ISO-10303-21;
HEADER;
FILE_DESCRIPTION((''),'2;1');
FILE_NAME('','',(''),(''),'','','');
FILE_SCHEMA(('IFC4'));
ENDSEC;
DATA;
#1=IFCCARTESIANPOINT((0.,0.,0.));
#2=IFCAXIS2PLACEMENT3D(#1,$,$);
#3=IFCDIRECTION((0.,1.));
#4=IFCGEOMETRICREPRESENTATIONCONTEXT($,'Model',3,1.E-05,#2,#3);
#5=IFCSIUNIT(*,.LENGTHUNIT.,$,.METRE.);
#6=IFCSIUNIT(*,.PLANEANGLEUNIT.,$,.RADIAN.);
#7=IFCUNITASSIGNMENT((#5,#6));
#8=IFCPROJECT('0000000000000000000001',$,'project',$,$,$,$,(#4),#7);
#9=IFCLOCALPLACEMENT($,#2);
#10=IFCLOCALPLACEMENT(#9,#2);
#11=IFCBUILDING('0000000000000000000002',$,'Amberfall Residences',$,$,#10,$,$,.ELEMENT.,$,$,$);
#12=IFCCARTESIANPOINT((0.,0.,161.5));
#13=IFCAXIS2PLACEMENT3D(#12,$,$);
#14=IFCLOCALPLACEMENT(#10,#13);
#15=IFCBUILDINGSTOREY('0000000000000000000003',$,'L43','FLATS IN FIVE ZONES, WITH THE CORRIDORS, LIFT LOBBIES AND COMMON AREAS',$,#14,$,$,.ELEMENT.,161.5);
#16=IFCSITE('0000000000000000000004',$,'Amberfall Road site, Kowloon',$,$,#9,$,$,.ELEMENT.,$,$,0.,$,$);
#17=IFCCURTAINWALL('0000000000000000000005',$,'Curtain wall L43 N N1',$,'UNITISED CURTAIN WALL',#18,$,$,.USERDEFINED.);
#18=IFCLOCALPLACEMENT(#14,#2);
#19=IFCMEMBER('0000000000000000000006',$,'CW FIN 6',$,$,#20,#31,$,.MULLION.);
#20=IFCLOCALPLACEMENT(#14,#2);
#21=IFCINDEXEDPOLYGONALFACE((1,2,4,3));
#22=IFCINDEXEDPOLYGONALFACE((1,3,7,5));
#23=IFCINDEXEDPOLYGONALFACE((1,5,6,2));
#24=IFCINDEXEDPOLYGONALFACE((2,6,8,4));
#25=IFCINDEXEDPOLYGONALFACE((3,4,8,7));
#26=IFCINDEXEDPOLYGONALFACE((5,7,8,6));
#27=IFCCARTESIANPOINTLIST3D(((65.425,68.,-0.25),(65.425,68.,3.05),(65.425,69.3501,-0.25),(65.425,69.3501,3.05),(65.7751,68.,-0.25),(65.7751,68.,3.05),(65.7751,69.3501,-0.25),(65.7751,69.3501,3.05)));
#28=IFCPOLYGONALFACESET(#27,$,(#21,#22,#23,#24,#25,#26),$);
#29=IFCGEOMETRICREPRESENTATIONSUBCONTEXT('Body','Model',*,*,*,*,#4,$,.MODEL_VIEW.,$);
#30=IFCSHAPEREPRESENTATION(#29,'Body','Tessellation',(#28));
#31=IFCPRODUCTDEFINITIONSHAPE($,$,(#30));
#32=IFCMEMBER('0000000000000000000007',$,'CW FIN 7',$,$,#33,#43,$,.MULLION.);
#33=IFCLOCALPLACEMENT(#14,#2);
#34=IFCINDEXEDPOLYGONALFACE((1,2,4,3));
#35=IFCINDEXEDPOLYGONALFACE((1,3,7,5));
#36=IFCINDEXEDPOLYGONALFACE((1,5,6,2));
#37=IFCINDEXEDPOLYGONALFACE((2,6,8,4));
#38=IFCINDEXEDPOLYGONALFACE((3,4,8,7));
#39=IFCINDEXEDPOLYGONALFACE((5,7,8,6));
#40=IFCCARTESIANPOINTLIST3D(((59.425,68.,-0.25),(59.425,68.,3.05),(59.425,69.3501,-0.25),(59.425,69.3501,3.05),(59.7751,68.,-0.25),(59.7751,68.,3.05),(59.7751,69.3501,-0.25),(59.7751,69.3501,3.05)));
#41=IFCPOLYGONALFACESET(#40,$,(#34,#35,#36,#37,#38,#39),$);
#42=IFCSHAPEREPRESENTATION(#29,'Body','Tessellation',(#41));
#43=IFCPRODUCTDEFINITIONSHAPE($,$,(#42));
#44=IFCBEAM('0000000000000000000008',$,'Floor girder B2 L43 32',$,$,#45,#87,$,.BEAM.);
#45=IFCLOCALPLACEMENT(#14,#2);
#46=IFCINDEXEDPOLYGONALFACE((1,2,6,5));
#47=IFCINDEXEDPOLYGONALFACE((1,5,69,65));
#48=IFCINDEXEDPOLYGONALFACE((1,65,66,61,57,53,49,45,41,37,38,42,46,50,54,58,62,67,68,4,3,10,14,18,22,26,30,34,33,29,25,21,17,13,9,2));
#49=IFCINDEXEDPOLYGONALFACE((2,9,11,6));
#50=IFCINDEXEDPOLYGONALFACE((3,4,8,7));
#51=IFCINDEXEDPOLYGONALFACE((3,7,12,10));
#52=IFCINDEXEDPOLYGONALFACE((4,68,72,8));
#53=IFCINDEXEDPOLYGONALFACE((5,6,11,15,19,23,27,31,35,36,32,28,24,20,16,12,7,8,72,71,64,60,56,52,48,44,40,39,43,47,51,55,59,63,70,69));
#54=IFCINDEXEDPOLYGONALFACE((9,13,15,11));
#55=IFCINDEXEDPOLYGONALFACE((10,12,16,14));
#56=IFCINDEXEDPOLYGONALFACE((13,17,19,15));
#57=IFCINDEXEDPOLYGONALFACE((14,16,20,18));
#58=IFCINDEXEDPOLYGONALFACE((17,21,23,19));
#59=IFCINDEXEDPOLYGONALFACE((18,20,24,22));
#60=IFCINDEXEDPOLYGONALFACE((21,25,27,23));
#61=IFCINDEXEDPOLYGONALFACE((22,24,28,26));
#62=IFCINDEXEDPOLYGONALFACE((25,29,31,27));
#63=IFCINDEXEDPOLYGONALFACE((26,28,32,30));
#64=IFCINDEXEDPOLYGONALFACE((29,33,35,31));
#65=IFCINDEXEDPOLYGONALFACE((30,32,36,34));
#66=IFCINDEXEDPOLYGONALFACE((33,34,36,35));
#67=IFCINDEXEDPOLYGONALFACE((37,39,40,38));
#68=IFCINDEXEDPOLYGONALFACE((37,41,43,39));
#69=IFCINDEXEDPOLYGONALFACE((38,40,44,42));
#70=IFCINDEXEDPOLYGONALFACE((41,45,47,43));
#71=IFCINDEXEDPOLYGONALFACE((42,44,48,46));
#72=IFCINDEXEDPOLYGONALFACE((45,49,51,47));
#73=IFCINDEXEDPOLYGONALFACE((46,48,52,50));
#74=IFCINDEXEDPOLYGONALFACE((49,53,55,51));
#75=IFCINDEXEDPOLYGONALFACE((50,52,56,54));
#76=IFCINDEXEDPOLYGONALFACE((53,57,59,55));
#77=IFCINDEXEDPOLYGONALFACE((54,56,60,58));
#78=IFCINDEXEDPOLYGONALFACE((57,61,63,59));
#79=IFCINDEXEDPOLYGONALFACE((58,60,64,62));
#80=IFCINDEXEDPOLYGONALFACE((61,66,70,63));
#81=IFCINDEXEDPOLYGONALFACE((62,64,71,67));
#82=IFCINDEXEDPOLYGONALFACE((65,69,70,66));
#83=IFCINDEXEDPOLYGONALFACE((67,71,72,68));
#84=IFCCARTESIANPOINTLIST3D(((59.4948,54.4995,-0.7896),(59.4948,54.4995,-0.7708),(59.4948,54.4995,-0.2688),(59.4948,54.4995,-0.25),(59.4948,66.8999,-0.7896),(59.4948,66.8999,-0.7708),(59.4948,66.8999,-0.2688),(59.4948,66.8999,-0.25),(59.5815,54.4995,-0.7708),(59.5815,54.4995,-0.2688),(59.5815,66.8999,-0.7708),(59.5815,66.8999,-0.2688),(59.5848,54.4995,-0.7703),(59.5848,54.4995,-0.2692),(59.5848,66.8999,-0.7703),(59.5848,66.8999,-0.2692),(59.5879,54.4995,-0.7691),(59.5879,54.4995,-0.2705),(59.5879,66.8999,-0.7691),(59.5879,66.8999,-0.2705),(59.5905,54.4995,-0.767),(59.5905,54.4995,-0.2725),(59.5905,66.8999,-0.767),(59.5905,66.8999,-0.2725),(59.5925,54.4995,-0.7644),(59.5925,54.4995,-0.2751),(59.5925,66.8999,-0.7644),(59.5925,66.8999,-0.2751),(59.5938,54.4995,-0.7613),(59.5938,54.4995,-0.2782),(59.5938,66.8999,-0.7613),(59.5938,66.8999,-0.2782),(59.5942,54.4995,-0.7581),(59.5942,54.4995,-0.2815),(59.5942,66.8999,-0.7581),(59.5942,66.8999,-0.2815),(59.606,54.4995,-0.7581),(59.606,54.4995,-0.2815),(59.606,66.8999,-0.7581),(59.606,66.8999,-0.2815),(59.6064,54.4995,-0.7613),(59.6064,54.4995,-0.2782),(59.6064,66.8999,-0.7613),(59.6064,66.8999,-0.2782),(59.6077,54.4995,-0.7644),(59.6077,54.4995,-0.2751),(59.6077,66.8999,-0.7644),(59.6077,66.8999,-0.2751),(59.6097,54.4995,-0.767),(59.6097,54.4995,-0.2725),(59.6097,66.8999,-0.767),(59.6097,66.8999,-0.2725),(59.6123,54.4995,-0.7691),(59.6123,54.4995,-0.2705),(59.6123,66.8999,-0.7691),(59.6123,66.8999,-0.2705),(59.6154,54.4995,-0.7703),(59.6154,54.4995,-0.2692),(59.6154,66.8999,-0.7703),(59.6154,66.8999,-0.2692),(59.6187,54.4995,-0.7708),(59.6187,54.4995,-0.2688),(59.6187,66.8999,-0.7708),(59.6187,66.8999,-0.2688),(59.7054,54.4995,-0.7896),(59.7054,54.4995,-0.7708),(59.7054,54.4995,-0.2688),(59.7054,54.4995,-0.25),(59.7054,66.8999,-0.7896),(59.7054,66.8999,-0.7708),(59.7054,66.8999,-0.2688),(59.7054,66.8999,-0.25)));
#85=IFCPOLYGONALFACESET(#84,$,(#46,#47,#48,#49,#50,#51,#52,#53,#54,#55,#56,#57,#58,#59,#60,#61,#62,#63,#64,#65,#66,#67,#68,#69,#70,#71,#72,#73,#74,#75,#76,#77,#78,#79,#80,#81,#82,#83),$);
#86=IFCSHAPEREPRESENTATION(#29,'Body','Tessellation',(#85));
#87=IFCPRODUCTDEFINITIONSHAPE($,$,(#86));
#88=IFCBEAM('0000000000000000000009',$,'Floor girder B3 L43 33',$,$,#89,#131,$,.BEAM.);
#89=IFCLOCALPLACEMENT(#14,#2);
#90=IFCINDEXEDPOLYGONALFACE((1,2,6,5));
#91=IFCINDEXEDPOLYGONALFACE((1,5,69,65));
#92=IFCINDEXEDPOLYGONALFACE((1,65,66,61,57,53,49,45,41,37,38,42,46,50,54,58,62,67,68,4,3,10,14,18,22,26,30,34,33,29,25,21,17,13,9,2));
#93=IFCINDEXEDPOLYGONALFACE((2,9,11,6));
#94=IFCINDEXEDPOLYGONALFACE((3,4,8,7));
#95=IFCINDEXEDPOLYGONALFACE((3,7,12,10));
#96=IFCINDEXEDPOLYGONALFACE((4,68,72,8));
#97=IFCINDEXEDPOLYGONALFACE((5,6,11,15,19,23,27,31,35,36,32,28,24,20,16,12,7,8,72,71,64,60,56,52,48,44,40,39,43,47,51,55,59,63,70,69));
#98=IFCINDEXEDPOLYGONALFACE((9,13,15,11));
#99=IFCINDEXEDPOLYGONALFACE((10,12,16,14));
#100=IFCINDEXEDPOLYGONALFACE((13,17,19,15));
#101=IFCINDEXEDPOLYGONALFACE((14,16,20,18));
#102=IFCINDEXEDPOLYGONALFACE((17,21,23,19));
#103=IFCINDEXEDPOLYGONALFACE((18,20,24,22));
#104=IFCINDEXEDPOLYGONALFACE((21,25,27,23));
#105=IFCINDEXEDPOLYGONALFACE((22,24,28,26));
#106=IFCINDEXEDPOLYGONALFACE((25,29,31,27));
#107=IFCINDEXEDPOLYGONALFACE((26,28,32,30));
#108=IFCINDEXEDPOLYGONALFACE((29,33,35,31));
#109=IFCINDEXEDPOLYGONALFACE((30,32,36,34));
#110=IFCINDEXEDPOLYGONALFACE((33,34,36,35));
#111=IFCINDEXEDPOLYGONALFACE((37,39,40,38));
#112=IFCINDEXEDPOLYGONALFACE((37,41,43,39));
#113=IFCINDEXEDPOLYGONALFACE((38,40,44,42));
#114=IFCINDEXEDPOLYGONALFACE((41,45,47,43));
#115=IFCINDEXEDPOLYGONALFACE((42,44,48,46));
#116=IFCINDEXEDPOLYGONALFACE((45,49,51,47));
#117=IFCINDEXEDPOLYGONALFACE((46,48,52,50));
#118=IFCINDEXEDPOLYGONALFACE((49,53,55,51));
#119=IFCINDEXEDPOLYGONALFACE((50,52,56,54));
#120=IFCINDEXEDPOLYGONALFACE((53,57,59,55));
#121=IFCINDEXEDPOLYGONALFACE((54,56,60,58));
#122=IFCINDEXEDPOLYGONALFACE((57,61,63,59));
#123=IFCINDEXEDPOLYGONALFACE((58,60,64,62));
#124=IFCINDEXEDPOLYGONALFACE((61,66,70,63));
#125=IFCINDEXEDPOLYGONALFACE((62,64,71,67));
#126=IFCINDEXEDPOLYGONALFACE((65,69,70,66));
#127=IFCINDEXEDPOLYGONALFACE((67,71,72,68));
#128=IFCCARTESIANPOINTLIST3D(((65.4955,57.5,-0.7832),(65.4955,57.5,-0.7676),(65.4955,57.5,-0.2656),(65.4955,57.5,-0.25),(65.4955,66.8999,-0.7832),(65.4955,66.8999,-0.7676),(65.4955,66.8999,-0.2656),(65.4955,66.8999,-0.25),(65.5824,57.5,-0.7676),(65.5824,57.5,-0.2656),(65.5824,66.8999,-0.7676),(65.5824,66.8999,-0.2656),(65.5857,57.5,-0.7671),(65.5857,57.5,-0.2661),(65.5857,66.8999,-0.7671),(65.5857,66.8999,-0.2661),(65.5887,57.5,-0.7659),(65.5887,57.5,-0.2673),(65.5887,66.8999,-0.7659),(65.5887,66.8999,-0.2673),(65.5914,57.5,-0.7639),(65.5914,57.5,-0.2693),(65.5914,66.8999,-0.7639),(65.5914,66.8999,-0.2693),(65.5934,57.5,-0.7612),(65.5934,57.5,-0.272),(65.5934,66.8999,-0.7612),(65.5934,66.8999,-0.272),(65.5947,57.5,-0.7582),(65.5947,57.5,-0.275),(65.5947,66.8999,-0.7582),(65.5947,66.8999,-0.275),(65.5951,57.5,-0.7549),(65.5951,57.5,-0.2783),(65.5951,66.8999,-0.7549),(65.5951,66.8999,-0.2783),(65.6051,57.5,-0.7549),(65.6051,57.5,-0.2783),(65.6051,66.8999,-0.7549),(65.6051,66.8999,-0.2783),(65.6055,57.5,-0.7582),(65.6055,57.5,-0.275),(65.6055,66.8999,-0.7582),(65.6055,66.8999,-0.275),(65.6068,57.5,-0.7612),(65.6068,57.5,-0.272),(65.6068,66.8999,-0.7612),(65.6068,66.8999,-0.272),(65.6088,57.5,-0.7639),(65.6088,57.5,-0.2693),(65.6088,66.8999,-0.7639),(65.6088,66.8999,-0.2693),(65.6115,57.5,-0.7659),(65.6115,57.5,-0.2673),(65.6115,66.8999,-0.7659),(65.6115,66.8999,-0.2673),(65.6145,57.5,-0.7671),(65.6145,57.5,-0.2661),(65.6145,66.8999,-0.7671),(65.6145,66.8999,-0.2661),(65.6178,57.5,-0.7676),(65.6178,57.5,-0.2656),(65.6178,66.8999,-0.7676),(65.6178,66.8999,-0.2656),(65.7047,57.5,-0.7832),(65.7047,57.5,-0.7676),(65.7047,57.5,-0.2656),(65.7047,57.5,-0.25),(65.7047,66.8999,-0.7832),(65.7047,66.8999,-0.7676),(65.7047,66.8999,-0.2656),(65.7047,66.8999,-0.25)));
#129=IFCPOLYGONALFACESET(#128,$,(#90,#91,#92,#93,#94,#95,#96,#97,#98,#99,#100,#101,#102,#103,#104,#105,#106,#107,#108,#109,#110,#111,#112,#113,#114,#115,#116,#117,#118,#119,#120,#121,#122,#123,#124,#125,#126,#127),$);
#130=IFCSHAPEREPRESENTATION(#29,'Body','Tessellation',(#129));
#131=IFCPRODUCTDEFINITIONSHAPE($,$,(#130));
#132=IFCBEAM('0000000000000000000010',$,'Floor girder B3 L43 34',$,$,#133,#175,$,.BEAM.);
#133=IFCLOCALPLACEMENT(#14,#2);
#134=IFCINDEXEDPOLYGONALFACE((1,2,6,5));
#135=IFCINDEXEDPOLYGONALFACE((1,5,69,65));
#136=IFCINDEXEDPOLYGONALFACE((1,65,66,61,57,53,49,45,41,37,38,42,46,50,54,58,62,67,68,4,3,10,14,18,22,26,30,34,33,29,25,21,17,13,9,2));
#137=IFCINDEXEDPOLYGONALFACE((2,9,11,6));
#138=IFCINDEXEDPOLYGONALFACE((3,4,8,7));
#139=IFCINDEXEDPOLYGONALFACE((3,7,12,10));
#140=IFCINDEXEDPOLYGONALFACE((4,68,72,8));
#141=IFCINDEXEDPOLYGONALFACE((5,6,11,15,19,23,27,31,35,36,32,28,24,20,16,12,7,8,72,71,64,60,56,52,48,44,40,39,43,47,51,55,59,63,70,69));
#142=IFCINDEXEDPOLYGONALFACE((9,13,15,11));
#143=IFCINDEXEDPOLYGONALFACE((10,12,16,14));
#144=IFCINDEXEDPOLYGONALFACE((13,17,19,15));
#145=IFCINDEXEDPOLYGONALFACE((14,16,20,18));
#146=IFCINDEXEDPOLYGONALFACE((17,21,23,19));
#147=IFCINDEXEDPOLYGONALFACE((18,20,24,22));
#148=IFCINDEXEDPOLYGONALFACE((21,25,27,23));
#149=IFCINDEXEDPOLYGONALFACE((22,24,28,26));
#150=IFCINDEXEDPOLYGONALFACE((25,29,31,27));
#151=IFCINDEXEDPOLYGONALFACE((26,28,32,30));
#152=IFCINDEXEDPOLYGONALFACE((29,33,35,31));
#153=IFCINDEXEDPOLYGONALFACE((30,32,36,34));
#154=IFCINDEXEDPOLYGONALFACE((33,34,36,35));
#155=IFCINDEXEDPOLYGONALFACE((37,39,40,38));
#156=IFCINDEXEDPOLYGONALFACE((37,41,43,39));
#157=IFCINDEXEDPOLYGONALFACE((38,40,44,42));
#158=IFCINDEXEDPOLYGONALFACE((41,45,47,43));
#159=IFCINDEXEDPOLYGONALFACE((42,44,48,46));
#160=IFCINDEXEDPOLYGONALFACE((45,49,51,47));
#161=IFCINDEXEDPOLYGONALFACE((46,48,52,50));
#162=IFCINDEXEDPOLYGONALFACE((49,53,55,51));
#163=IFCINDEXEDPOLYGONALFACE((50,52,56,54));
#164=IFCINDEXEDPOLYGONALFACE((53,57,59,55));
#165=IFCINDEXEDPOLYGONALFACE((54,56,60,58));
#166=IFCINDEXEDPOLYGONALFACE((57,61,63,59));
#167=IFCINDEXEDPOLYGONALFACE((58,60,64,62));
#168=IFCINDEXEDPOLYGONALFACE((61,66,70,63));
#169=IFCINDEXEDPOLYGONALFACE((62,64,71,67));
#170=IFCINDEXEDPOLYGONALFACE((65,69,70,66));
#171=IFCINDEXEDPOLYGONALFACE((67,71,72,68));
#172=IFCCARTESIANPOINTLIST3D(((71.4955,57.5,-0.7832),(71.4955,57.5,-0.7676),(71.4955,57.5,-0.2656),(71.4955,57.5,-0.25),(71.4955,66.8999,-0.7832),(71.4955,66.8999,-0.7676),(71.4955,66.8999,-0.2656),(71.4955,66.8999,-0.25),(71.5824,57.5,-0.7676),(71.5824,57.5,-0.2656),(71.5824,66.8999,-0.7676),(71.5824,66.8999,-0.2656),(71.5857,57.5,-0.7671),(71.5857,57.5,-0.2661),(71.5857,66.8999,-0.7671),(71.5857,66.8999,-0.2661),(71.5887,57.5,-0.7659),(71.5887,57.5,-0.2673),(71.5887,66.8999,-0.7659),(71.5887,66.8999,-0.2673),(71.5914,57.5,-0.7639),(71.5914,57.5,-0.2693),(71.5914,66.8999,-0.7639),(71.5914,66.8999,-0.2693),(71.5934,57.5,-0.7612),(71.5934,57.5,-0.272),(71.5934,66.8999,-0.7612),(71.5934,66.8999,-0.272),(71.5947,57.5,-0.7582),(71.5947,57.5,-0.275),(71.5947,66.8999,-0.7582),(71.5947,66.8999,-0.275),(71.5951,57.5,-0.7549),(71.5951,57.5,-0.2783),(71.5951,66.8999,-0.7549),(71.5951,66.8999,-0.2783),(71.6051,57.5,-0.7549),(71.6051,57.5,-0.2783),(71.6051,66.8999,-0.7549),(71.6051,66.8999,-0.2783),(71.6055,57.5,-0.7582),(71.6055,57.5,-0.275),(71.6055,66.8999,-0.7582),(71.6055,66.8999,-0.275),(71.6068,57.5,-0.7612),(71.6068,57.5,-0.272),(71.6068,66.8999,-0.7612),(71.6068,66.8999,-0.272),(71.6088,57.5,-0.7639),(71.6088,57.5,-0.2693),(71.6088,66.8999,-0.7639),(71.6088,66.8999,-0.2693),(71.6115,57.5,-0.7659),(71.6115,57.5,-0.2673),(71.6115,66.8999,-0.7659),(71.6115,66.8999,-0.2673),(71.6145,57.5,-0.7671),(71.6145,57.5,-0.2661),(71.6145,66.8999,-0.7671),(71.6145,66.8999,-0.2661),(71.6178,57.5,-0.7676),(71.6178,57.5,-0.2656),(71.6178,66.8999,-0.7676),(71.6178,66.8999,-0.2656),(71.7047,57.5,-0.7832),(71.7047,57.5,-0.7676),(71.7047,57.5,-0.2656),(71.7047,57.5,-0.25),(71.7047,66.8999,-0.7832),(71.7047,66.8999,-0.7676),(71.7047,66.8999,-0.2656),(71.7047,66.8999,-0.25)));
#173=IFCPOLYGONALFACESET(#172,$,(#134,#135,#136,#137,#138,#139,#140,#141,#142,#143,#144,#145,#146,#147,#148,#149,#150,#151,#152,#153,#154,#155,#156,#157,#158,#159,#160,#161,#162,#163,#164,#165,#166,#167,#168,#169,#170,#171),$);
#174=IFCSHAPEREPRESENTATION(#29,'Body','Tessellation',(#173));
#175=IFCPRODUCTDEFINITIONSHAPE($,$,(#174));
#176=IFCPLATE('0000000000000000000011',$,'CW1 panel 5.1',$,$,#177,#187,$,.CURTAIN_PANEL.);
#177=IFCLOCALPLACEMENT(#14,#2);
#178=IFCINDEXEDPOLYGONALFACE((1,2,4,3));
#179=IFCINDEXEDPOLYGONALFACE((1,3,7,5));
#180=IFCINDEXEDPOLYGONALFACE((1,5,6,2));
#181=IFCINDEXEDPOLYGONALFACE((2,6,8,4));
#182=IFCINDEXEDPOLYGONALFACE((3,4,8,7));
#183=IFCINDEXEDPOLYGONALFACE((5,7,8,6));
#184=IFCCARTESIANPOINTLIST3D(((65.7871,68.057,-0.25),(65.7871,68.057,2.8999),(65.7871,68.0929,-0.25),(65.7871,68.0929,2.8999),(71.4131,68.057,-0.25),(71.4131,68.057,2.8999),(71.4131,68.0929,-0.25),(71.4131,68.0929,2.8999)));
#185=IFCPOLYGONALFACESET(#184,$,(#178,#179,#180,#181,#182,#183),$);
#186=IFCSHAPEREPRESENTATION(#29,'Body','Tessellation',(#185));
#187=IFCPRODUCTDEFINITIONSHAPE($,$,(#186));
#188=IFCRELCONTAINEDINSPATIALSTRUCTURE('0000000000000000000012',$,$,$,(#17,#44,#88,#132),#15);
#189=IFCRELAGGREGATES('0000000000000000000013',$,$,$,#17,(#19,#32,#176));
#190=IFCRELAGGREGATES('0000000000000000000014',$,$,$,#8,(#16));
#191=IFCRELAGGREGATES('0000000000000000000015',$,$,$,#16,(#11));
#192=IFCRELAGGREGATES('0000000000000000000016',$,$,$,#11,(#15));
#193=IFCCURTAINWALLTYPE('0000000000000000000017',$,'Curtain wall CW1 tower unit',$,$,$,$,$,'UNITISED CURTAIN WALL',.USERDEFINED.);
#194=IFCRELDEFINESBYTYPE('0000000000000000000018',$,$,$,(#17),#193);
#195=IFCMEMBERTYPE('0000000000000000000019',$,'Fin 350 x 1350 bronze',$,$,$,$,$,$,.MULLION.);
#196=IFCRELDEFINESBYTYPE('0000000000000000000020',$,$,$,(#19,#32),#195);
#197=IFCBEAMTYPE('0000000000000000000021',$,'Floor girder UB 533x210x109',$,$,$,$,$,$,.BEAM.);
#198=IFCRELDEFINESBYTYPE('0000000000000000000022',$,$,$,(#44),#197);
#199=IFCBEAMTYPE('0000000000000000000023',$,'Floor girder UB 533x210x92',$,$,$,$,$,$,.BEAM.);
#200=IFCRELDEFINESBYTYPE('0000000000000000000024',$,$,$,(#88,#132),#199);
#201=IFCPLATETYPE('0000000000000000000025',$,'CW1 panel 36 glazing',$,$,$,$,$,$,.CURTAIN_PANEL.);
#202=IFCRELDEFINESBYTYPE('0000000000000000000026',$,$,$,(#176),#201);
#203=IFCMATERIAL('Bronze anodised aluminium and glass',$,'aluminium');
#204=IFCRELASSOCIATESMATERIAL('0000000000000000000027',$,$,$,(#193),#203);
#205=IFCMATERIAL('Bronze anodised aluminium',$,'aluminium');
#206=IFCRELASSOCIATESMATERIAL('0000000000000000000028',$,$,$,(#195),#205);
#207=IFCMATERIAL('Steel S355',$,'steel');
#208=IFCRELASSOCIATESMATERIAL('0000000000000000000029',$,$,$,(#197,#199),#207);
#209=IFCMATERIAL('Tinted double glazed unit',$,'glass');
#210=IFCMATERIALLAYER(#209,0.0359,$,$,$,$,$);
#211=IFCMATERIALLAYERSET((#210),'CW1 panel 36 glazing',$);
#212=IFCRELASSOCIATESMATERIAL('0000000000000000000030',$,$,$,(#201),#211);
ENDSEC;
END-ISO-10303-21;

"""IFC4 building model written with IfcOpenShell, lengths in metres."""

from ifc_helpers import new_model, si_unit, direction, frame, origin, origin_2d, place, context, subcontext, project, spatial, rectangle, i_section, extrude, material, layer, layer_set, material_profile, profile_set, type_object, element, aggregate, save


model = new_model("IFC4")

# Units and contexts
model_context = context("Model", 3, precision=1e-05, world=origin(), true_north=direction((0.0, 1.0)))
body_context = subcontext(model_context, "Body", "Model", "MODEL_VIEW")
ifc_project = project(units=[si_unit("LENGTHUNIT", "METRE"), si_unit("PLANEANGLEUNIT", "RADIAN")], contexts=[model_context])

# Site, building, storey
site_placement = place(None, origin())
site = spatial("IfcSite", under=ifc_project, at=site_placement, Name="Amberfall Road site, Kowloon", CompositionType="ELEMENT", RefElevation=0.0)
building_placement = place(site_placement, origin())
building = spatial("IfcBuilding", under=site, at=building_placement, Name="Amberfall Residences", CompositionType="ELEMENT")
storey_placement = place(building_placement, frame((0.0, 0.0, 161.5)))
storey = spatial("IfcBuildingStorey", under=building, at=storey_placement, Name="L43", Description="FLATS IN FIVE ZONES, WITH THE CORRIDORS, LIFT LOBBIES AND COMMON AREAS", CompositionType="ELEMENT", Elevation=161.5)

# Curtain wall
ifc_material_1 = material(Name="Bronze anodised aluminium and glass", Category="aluminium")
curtain_wall_type = type_object("IfcCurtainWallType", Name="Curtain wall CW1 tower unit", ElementType="UNITISED CURTAIN WALL", PredefinedType="USERDEFINED", material=ifc_material_1)
curtain_wall_placement = place(storey_placement, origin())
curtain_wall = element("IfcCurtainWall", 1, at=curtain_wall_placement, inside=storey, type_object=curtain_wall_type, Name="Curtain wall L43 N N1", ObjectType="UNITISED CURTAIN WALL", PredefinedType="USERDEFINED")
ifc_material_2 = material(Name="Bronze anodised aluminium", Category="aluminium")

# Shared definitions
ifc_material_3 = material(Name="Steel S355", Category="steel")

# Members
ifc_material_profile_1 = material_profile(ifc_material_2, rectangle(XDim=1.3501, YDim=0.3501, at=origin_2d()), Name="Fin 350 x 1350 bronze")
ifc_profile_set_1 = profile_set([ifc_material_profile_1], Name="Bronze anodised aluminium")
member_type_1 = type_object("IfcMemberType", Name="Fin 350 x 1350 bronze", PredefinedType="MULLION", material=ifc_profile_set_1)
member_1_placement = place(storey_placement, frame((65.6001, 68.675, -0.25), z_axis=(0.0, 0.0, 1.0), x_axis=(0.0, -1.0, 0.0)))
member_1 = element("IfcMember", 2, at=member_1_placement, type_object=member_type_1, Name="CW FIN 6", PredefinedType="MULLION", context=body_context, shape_type="SweptSolid", body=[
    extrude(rectangle(XDim=1.3501, YDim=0.3501, at=origin_2d()), origin(), (0.0, 0.0, 1.0), 3.3),
])
member_2_placement = place(storey_placement, frame((59.6001, 68.675, -0.25), z_axis=(0.0, 0.0, 1.0), x_axis=(0.0, -1.0, 0.0)))
member_2 = element("IfcMember", 3, at=member_2_placement, type_object=member_type_1, Name="CW FIN 7", PredefinedType="MULLION", context=body_context, shape_type="SweptSolid", body=[
    extrude(rectangle(XDim=1.3501, YDim=0.3501, at=origin_2d()), origin(), (0.0, 0.0, 1.0), 3.3),
])

# Beams
ifc_material_profile_2 = material_profile(ifc_material_3, i_section(OverallWidth=0.2107, OverallDepth=0.5396, WebThickness=0.0117, FlangeThickness=0.0188, FilletRadius=0.0127, at=origin_2d()), Name="UB 533x210x109")
ifc_profile_set_2 = profile_set([ifc_material_profile_2], Name="Steel S355")
beam_type_1 = type_object("IfcBeamType", Name="Floor girder UB 533x210x109", PredefinedType="BEAM", material=ifc_profile_set_2)
beam_placement = place(storey_placement, frame((59.6001, 66.8999, -0.5198), z_axis=(0.0, -1.0, 0.0), x_axis=(1.0, 0.0, 0.0)))
element("IfcBeam", 4, at=beam_placement, inside=storey, type_object=beam_type_1, Name="Floor girder B2 L43 32", PredefinedType="BEAM", context=body_context, shape_type="SweptSolid", body=[
    extrude(i_section(OverallWidth=0.2107, OverallDepth=0.5396, WebThickness=0.0117, FlangeThickness=0.0188, FilletRadius=0.0127, at=origin_2d()), origin(), (0.0, 0.0, 1.0), 12.4004),
])
ifc_material_profile_3 = material_profile(ifc_material_3, i_section(OverallWidth=0.2092, OverallDepth=0.5332, WebThickness=0.01, FlangeThickness=0.0156, FilletRadius=0.0127, at=origin_2d()), Name="UB 533x210x92")
ifc_profile_set_3 = profile_set([ifc_material_profile_3], Name="Steel S355")
beam_type_2 = type_object("IfcBeamType", Name="Floor girder UB 533x210x92", PredefinedType="BEAM", material=ifc_profile_set_3)
for number, where, z_axis, x_axis, name in (
    (5, (65.6001, 66.8999, -0.5166), (0.0, -1.0, 0.0), (1.0, 0.0, 0.0), "Floor girder B3 L43 33"),
    (6, (71.6001, 66.8999, -0.5166), (0.0, -1.0, 0.0), (1.0, 0.0, 0.0), "Floor girder B3 L43 34"),
):
    element("IfcBeam", number, at=place(storey_placement, frame(where, z_axis=z_axis, x_axis=x_axis)), inside=storey, type_object=beam_type_2, Name=name, PredefinedType="BEAM", context=body_context, shape_type="SweptSolid", body=[
        extrude(i_section(OverallWidth=0.2092, OverallDepth=0.5332, WebThickness=0.01, FlangeThickness=0.0156, FilletRadius=0.0127, at=origin_2d()), origin(), (0.0, 0.0, 1.0), 9.3999),
    ])

# Plate
ifc_material_4 = material(Name="Tinted double glazed unit", Category="glass")
ifc_layer_1 = layer(ifc_material_4, 0.0359)
ifc_layer_set_1 = layer_set([ifc_layer_1], Name="CW1 panel 36 glazing")
plate_type = type_object("IfcPlateType", Name="CW1 panel 36 glazing", PredefinedType="CURTAIN_PANEL", material=ifc_layer_set_1)
plate_1_placement = place(storey_placement, frame((68.6001, 68.075, -0.25), z_axis=(0.0, 0.0, 1.0), x_axis=(-1.0, 0.0, 0.0)))
plate_1 = element("IfcPlate", 7, at=plate_1_placement, type_object=plate_type, Name="CW1 panel 5.1", PredefinedType="CURTAIN_PANEL", context=body_context, shape_type="SweptSolid", body=[
    extrude(rectangle(XDim=5.626, YDim=0.0359, at=origin_2d()), origin(), (0.0, 0.0, 1.0), 3.1499),
])
aggregate(curtain_wall, [member_1, member_2, plate_1])

save(model, "model.ifc")
